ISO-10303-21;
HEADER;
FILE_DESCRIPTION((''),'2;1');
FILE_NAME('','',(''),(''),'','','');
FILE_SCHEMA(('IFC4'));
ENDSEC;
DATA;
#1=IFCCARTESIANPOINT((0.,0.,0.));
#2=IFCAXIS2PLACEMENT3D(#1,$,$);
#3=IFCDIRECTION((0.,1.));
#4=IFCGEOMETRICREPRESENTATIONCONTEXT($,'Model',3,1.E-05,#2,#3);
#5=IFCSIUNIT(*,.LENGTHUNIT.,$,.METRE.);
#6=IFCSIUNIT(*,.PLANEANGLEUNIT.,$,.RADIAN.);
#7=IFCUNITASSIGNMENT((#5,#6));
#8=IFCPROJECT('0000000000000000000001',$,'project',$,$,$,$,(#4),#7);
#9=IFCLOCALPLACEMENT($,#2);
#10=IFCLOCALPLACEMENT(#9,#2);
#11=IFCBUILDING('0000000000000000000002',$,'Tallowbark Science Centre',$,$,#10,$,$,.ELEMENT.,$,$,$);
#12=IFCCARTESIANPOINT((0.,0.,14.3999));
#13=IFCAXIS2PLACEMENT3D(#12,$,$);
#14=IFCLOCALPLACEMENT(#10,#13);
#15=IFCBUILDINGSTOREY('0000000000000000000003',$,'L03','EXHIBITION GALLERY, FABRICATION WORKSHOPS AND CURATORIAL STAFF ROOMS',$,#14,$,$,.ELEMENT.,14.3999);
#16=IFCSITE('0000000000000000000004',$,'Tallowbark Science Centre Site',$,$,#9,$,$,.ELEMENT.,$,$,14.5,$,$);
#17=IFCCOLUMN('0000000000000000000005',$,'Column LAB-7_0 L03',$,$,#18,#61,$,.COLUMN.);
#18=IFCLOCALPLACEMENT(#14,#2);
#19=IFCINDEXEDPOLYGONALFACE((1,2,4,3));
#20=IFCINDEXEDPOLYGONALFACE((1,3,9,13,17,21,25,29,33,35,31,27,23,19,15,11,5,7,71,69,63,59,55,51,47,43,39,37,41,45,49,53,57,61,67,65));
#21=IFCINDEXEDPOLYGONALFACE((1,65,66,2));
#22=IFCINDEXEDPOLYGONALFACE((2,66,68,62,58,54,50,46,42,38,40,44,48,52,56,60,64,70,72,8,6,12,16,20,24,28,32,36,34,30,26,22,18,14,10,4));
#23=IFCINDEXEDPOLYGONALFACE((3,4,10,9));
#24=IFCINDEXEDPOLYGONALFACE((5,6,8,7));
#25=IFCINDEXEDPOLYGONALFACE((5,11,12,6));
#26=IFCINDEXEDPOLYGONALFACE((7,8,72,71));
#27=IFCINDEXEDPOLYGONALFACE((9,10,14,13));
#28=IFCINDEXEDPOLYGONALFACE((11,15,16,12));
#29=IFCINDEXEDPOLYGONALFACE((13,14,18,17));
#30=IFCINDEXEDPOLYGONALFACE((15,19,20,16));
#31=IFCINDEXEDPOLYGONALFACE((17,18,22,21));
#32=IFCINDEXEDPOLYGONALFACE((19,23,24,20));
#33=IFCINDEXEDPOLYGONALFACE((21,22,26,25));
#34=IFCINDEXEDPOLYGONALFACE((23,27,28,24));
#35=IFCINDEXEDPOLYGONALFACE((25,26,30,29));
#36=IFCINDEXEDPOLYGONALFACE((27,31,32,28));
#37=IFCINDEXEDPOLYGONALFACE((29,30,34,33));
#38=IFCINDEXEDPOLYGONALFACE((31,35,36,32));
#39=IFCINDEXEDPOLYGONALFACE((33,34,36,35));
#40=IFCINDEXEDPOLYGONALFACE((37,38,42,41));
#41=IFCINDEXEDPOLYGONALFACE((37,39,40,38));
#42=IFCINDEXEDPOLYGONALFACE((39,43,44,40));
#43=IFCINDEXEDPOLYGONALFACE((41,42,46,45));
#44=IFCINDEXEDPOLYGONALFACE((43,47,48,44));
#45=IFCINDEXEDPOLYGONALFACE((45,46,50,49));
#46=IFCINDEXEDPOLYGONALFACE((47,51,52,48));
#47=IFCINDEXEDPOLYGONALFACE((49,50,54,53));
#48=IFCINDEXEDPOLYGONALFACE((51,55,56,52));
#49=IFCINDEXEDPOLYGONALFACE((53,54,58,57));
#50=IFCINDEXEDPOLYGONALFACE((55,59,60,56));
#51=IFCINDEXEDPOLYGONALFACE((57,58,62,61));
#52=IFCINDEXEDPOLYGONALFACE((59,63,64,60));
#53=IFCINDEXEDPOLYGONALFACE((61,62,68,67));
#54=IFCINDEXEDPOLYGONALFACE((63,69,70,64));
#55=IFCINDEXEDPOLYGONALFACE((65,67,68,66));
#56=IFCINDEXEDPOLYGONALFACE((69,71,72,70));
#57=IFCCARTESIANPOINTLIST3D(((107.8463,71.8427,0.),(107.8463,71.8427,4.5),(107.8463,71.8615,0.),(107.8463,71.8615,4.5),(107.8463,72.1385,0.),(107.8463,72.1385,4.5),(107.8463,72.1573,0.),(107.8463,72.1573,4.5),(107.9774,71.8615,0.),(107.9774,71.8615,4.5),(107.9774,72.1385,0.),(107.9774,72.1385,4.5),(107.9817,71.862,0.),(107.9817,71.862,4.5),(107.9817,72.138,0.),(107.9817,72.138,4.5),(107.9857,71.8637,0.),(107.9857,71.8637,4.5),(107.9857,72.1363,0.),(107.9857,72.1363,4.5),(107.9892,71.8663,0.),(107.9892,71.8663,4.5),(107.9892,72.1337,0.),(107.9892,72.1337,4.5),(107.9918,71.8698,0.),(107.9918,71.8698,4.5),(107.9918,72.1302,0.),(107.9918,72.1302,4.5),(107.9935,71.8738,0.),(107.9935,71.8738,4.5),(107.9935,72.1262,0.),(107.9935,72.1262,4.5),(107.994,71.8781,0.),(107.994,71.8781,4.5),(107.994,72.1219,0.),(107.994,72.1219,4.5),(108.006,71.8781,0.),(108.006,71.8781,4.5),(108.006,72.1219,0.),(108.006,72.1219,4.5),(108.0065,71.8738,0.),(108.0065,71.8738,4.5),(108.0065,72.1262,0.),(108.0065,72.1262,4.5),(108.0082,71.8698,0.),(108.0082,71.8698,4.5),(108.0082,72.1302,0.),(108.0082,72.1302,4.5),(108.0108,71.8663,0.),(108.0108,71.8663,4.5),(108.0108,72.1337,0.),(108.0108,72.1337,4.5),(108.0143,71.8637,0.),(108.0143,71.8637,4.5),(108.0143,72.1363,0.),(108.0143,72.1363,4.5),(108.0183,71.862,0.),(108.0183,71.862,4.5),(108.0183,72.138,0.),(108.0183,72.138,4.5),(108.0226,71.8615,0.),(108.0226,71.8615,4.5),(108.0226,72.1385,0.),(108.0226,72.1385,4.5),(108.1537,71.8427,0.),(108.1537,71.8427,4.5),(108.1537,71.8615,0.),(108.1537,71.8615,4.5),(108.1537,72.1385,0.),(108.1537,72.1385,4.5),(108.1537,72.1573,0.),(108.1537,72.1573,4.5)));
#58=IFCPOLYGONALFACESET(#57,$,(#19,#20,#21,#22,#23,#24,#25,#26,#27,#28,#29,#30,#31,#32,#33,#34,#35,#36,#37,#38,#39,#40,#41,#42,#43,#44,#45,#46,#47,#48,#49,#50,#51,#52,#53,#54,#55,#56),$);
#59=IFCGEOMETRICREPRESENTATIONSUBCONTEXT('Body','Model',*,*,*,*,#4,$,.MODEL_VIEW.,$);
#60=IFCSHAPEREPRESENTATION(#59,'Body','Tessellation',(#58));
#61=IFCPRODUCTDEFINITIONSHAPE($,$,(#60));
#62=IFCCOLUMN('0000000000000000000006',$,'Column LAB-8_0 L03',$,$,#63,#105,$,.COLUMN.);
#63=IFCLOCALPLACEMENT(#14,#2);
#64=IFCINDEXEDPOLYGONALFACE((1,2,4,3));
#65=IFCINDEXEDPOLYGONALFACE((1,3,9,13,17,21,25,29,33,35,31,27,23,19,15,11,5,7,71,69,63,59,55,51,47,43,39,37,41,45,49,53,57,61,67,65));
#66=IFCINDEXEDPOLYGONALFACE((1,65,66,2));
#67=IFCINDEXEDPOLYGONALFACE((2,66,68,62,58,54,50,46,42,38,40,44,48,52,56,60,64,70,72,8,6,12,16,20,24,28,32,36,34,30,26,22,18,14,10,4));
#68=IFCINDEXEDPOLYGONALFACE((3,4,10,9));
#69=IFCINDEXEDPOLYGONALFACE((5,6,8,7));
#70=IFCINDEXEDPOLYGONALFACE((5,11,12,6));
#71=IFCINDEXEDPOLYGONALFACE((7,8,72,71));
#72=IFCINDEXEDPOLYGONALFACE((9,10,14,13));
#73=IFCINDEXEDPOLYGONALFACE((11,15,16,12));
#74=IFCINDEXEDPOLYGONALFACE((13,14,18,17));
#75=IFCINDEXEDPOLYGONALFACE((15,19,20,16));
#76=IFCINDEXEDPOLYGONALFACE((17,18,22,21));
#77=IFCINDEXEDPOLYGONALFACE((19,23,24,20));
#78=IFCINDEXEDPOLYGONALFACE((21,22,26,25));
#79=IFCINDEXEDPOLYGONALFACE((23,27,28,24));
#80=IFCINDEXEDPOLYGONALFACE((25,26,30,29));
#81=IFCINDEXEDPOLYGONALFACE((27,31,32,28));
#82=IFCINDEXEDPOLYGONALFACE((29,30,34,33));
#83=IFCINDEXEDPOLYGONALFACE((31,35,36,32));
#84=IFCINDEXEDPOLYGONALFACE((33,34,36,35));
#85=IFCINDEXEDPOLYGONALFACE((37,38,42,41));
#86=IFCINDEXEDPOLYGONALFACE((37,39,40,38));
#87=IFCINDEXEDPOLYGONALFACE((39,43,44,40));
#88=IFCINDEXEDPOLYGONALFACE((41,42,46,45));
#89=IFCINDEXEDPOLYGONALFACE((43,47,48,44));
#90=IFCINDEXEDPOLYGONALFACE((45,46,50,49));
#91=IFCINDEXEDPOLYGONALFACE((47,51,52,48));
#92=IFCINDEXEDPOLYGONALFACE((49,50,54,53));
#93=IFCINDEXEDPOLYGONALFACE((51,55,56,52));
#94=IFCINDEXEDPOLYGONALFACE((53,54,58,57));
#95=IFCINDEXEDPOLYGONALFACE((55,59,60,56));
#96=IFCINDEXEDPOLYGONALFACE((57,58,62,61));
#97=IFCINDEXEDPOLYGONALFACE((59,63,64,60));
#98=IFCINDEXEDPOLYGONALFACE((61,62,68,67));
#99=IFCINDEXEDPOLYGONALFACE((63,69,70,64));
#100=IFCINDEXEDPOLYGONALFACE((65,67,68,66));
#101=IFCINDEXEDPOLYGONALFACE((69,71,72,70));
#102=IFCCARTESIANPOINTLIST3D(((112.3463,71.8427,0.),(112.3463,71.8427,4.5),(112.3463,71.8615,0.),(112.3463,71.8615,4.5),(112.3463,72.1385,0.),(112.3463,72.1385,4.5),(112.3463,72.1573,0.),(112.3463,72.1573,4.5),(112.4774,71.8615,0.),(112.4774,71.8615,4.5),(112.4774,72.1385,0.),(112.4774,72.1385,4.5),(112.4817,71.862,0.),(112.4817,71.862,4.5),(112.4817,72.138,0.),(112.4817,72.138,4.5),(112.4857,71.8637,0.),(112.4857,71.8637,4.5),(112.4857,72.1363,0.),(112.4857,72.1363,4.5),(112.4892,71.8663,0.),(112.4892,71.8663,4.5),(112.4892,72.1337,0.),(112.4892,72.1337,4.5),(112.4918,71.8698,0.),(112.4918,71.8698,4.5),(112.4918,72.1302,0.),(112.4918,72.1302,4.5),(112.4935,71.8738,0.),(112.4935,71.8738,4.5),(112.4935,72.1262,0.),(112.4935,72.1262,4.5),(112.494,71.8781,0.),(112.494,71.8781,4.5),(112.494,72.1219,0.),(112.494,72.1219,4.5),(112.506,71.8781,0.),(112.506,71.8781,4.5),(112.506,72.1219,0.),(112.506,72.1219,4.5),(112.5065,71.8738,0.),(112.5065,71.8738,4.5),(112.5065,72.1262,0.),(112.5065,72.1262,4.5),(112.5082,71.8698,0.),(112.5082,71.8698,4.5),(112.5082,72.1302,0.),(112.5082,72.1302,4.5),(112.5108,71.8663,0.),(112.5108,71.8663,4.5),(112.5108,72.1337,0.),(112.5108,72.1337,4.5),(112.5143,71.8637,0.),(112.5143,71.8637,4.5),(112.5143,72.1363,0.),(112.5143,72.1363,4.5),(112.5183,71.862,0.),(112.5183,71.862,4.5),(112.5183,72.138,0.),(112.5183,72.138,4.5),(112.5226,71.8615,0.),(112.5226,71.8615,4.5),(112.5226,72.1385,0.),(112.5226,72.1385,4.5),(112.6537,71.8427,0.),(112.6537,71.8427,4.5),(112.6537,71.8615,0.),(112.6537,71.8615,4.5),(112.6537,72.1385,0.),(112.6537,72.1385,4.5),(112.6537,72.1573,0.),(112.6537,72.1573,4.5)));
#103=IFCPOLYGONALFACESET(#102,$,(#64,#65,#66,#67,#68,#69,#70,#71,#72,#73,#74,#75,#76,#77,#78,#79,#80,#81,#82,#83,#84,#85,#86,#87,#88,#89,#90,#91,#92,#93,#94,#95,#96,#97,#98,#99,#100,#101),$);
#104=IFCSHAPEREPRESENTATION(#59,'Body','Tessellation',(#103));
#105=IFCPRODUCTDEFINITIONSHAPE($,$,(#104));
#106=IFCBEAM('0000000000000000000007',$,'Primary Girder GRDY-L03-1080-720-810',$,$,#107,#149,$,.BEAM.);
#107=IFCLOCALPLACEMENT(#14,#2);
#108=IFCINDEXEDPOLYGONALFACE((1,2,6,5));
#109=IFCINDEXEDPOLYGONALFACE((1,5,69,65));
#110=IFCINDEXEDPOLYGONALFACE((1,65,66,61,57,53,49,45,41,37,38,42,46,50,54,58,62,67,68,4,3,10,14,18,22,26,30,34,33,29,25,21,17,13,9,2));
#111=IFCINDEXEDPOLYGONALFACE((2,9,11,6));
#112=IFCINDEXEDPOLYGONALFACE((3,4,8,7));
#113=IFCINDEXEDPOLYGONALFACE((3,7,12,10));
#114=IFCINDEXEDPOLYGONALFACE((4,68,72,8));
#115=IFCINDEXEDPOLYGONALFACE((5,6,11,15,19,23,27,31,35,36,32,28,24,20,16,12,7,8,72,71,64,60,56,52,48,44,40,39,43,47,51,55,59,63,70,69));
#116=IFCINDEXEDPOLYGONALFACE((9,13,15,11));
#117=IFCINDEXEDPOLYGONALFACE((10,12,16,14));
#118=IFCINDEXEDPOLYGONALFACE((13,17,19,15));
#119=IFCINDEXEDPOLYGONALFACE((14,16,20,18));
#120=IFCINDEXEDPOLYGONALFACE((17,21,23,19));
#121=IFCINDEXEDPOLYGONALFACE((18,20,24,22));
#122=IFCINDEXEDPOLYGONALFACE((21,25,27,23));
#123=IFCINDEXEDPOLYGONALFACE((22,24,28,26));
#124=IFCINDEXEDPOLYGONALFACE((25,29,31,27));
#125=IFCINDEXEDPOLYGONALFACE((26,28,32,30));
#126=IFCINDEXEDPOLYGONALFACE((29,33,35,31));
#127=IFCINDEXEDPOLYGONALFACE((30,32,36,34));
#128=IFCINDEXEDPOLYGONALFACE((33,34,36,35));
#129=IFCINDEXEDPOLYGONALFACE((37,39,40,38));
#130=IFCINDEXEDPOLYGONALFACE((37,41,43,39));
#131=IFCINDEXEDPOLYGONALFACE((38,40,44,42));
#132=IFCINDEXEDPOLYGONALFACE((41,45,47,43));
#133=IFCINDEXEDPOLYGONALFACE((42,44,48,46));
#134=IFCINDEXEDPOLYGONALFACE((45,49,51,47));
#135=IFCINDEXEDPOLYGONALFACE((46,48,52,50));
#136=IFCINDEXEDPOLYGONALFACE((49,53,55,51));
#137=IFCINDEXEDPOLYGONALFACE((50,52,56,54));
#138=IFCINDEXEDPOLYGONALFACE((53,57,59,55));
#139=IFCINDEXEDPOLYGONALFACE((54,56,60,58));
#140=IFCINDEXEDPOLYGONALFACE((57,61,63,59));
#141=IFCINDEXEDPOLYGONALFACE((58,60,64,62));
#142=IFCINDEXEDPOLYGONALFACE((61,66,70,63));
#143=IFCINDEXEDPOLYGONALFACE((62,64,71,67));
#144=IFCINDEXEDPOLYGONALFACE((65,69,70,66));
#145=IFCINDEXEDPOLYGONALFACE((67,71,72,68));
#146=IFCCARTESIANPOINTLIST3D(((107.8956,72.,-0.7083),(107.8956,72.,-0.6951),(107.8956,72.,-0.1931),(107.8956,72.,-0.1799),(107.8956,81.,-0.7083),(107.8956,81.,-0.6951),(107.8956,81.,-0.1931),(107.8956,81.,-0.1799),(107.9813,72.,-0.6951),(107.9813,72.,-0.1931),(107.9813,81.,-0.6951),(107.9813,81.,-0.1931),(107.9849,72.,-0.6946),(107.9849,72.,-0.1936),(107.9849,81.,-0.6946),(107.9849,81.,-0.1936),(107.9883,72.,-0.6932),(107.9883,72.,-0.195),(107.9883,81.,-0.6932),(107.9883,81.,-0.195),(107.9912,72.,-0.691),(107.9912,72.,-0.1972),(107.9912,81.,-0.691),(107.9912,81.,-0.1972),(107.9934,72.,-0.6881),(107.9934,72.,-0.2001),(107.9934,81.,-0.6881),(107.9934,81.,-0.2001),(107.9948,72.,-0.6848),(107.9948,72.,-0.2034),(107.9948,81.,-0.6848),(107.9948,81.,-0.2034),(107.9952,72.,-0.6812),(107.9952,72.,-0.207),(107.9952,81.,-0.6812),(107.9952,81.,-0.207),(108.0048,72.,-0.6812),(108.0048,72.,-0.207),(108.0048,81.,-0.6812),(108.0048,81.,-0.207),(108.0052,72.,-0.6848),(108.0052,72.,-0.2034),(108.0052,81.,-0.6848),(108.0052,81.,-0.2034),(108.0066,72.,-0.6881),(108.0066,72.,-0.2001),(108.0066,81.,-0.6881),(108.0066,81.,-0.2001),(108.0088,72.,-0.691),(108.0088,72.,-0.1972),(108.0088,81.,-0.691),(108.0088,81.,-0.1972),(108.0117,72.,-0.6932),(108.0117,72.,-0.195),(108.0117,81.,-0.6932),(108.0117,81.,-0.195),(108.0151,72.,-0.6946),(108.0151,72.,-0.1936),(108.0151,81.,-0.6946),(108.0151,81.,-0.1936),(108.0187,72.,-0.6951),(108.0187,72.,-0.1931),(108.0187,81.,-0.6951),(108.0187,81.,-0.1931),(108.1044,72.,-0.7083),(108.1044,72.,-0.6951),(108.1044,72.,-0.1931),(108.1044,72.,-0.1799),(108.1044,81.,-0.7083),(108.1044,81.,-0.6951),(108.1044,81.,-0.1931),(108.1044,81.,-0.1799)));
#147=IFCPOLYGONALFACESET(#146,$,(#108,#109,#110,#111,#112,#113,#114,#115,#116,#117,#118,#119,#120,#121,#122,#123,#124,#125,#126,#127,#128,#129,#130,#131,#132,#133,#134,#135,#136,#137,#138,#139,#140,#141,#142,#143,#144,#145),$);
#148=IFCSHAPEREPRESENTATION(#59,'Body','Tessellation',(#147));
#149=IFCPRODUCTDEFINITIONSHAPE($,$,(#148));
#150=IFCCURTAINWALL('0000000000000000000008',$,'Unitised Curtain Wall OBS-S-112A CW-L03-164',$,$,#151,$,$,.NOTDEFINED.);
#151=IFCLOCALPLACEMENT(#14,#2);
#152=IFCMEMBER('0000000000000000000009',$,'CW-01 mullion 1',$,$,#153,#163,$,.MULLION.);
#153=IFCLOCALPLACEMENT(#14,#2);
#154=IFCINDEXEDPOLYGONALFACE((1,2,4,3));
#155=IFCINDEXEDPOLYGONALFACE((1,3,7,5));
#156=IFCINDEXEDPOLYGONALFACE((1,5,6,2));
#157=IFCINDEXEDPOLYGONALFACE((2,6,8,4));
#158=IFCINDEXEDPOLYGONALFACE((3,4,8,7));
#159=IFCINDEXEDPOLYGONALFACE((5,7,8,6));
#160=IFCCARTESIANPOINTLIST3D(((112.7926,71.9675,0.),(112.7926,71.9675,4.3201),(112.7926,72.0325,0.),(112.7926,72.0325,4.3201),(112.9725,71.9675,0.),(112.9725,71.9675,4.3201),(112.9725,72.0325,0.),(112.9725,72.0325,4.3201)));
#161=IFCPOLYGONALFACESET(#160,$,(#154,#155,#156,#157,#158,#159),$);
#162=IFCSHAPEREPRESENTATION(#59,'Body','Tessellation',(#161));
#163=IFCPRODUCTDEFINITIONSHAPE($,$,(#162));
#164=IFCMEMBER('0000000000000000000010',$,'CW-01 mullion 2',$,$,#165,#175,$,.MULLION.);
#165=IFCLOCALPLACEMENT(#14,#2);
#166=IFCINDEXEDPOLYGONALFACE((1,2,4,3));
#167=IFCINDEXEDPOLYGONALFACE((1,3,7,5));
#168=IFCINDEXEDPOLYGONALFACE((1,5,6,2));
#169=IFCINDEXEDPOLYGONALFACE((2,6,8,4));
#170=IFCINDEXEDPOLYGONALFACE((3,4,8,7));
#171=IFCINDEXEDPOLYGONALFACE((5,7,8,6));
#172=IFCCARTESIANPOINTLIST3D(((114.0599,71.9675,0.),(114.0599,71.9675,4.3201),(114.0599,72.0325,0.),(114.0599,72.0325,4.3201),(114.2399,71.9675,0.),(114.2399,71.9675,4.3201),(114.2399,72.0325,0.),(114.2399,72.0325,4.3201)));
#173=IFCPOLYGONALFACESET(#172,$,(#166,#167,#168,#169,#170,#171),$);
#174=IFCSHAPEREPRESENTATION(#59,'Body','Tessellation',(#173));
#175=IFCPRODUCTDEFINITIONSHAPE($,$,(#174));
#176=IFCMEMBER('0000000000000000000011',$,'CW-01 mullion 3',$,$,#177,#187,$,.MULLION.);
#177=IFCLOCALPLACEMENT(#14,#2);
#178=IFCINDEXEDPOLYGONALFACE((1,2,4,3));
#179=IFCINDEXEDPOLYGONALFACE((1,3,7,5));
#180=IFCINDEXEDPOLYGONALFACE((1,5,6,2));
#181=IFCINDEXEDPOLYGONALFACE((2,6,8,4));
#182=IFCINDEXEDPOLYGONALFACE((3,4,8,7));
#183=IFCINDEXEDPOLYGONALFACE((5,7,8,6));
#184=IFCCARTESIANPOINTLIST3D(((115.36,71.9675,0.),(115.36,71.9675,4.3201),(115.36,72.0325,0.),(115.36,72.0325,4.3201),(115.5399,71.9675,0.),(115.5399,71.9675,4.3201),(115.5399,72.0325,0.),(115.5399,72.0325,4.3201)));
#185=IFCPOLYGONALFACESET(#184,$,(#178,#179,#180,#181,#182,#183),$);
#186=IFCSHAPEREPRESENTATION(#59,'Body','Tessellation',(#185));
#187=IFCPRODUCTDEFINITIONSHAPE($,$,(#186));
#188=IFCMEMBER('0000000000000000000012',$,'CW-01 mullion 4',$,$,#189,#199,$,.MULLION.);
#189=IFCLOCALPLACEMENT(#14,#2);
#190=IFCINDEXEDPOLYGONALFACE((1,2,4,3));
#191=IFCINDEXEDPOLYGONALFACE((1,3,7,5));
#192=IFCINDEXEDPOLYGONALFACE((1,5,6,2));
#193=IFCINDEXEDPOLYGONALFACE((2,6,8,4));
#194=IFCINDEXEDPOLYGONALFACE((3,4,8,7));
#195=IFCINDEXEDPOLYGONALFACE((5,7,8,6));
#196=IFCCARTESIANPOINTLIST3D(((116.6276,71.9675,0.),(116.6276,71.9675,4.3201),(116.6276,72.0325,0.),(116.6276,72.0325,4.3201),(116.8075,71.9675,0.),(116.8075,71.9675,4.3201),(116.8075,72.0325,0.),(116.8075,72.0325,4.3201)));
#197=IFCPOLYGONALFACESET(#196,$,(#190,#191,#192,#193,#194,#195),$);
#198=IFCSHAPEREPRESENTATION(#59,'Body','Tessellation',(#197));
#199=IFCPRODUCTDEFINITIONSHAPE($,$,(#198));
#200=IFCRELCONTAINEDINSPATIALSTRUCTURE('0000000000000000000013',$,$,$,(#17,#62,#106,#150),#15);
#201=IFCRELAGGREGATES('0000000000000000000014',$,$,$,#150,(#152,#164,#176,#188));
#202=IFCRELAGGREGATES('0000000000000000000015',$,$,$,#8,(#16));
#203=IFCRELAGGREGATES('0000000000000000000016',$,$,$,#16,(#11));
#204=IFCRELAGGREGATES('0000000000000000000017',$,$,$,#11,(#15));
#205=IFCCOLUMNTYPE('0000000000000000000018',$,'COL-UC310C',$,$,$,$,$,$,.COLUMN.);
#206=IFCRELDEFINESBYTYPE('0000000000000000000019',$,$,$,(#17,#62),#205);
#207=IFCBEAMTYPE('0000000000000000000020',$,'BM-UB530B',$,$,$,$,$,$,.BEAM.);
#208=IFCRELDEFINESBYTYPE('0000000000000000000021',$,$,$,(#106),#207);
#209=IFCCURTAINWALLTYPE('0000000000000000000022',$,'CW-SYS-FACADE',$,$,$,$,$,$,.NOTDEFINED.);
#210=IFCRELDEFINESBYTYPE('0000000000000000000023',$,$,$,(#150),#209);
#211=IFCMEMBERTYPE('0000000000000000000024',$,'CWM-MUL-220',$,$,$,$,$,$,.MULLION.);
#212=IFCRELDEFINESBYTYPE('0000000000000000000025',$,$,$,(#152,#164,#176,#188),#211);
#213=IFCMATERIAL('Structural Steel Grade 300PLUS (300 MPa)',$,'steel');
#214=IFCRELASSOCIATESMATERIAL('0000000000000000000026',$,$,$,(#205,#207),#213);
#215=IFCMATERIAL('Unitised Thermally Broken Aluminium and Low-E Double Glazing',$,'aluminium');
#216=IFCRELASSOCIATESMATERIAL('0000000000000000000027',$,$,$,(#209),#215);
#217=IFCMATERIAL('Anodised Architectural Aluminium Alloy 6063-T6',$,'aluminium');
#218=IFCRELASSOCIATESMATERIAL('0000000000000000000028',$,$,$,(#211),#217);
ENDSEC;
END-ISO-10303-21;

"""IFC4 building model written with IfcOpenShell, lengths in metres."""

from ifc_helpers import new_model, si_unit, direction, frame, origin, origin_2d, place, context, subcontext, project, spatial, rectangle, i_section, extrude, material, material_profile, profile_set, type_object, element, aggregate, save


model = new_model("IFC4")

# Units and contexts
model_context = context("Model", 3, precision=1e-05, world=origin(), true_north=direction((0.0, 1.0)))
body_context = subcontext(model_context, "Body", "Model", "MODEL_VIEW")
ifc_project = project(units=[si_unit("LENGTHUNIT", "METRE"), si_unit("PLANEANGLEUNIT", "RADIAN")], contexts=[model_context])

# Site, building, storey
site_placement = place(None, origin())
site = spatial("IfcSite", under=ifc_project, at=site_placement, Name="Tallowbark Science Centre Site", CompositionType="ELEMENT", RefElevation=14.5)
building_placement = place(site_placement, origin())
building = spatial("IfcBuilding", under=site, at=building_placement, Name="Tallowbark Science Centre", CompositionType="ELEMENT")
storey_placement = place(building_placement, frame((0.0, 0.0, 14.3999)))
storey = spatial("IfcBuildingStorey", under=building, at=storey_placement, Name="L03", Description="EXHIBITION GALLERY, FABRICATION WORKSHOPS AND CURATORIAL STAFF ROOMS", CompositionType="ELEMENT", Elevation=14.3999)

# Columns
ifc_material_1 = material(Name="Structural Steel Grade 300PLUS (300 MPa)", Category="steel")
ifc_material_profile_1 = material_profile(ifc_material_1, i_section(OverallWidth=0.3074, OverallDepth=0.3147, WebThickness=0.012, FlangeThickness=0.0188, FilletRadius=0.0166, at=origin_2d()), Name="310UC118")
ifc_profile_set_1 = profile_set([ifc_material_profile_1], Name="Structural Steel Grade 300PLUS (300 MPa)")
column_type = type_object("IfcColumnType", Name="COL-UC310C", PredefinedType="COLUMN", material=ifc_profile_set_1)
for number, where, z_axis, x_axis, name in (
    (1, (108.0, 72.0, 0.0), (0.0, 0.0, 1.0), (1.0, 0.0, 0.0), "Column LAB-7_0 L03"),
    (2, (112.5, 72.0, 0.0), (0.0, 0.0, 1.0), (1.0, 0.0, 0.0), "Column LAB-8_0 L03"),
):
    element("IfcColumn", number, at=place(storey_placement, frame(where, z_axis=z_axis, x_axis=x_axis)), inside=storey, type_object=column_type, Name=name, PredefinedType="COLUMN", context=body_context, shape_type="SweptSolid", body=[
        extrude(i_section(OverallWidth=0.3074, OverallDepth=0.3147, WebThickness=0.012, FlangeThickness=0.0188, FilletRadius=0.0166, at=origin_2d()), origin(), (0.0, 0.0, 1.0), 4.5),
    ])

# Beam
ifc_material_profile_2 = material_profile(ifc_material_1, i_section(OverallWidth=0.2087, OverallDepth=0.5283, WebThickness=0.0095, FlangeThickness=0.0132, FilletRadius=0.0139, at=origin_2d()), Name="530UB82.0")
ifc_profile_set_2 = profile_set([ifc_material_profile_2], Name="Structural Steel Grade 300PLUS (300 MPa)")
beam_type_1 = type_object("IfcBeamType", Name="BM-UB530B", PredefinedType="BEAM", material=ifc_profile_set_2)
beam_1_placement = place(storey_placement, frame((108.0, 72.0, -0.4441), z_axis=(0.0, 1.0, 0.0), x_axis=(-1.0, 0.0, 0.0)))
element("IfcBeam", 3, at=beam_1_placement, inside=storey, type_object=beam_type_1, Name="Primary Girder GRDY-L03-1080-720-810", PredefinedType="BEAM", context=body_context, shape_type="SweptSolid", body=[
    extrude(i_section(OverallWidth=0.2087, OverallDepth=0.5283, WebThickness=0.0095, FlangeThickness=0.0132, FilletRadius=0.0139, at=origin_2d()), origin(), (0.0, 0.0, 1.0), 9.0),
])

# Curtain wall, members
ifc_material_2 = material(Name="Unitised Thermally Broken Aluminium and Low-E Double Glazing", Category="aluminium")
curtain_wall_type = type_object("IfcCurtainWallType", Name="CW-SYS-FACADE", PredefinedType="NOTDEFINED", material=ifc_material_2)
curtain_wall_1_placement = place(storey_placement, origin())
curtain_wall_1 = element("IfcCurtainWall", 4, at=curtain_wall_1_placement, inside=storey, type_object=curtain_wall_type, Name="Unitised Curtain Wall OBS-S-112A CW-L03-164", PredefinedType="NOTDEFINED")
ifc_material_3 = material(Name="Anodised Architectural Aluminium Alloy 6063-T6", Category="aluminium")
ifc_material_profile_3 = material_profile(ifc_material_3, rectangle(XDim=0.0649, YDim=0.1799, at=origin_2d()), Name="ALU65x180")
ifc_profile_set_3 = profile_set([ifc_material_profile_3], Name="Anodised Architectural Aluminium Alloy 6063-T6")
member_type_1 = type_object("IfcMemberType", Name="CWM-MUL-220", PredefinedType="MULLION", material=ifc_profile_set_3)
member_1_placement = place(storey_placement, frame((112.8826, 72.0, 0.0), z_axis=(0.0, 0.0, 1.0), x_axis=(0.0, 1.0, 0.0)))
member_1 = element("IfcMember", 5, at=member_1_placement, type_object=member_type_1, Name="CW-01 mullion 1", PredefinedType="MULLION", context=body_context, shape_type="SweptSolid", body=[
    extrude(rectangle(XDim=0.0649, YDim=0.1799, at=origin_2d()), origin(), (0.0, 0.0, 1.0), 4.3201),
])
member_2_placement = place(storey_placement, frame((114.1499, 72.0, 0.0), z_axis=(0.0, 0.0, 1.0), x_axis=(0.0, 1.0, 0.0)))
member_2 = element("IfcMember", 6, at=member_2_placement, type_object=member_type_1, Name="CW-01 mullion 2", PredefinedType="MULLION", context=body_context, shape_type="SweptSolid", body=[
    extrude(rectangle(XDim=0.0649, YDim=0.1799, at=origin_2d()), origin(), (0.0, 0.0, 1.0), 4.3201),
])
member_3_placement = place(storey_placement, frame((115.45, 72.0, 0.0), z_axis=(0.0, 0.0, 1.0), x_axis=(0.0, 1.0, 0.0)))
member_3 = element("IfcMember", 7, at=member_3_placement, type_object=member_type_1, Name="CW-01 mullion 3", PredefinedType="MULLION", context=body_context, shape_type="SweptSolid", body=[
    extrude(rectangle(XDim=0.0649, YDim=0.1799, at=origin_2d()), origin(), (0.0, 0.0, 1.0), 4.3201),
])
member_4_placement = place(storey_placement, frame((116.7175, 72.0, 0.0), z_axis=(0.0, 0.0, 1.0), x_axis=(0.0, 1.0, 0.0)))
member_4 = element("IfcMember", 8, at=member_4_placement, type_object=member_type_1, Name="CW-01 mullion 4", PredefinedType="MULLION", context=body_context, shape_type="SweptSolid", body=[
    extrude(rectangle(XDim=0.0649, YDim=0.1799, at=origin_2d()), origin(), (0.0, 0.0, 1.0), 4.3201),
])

aggregate(curtain_wall_1, [member_1, member_2, member_3, member_4])

save(model, "model.ifc")
